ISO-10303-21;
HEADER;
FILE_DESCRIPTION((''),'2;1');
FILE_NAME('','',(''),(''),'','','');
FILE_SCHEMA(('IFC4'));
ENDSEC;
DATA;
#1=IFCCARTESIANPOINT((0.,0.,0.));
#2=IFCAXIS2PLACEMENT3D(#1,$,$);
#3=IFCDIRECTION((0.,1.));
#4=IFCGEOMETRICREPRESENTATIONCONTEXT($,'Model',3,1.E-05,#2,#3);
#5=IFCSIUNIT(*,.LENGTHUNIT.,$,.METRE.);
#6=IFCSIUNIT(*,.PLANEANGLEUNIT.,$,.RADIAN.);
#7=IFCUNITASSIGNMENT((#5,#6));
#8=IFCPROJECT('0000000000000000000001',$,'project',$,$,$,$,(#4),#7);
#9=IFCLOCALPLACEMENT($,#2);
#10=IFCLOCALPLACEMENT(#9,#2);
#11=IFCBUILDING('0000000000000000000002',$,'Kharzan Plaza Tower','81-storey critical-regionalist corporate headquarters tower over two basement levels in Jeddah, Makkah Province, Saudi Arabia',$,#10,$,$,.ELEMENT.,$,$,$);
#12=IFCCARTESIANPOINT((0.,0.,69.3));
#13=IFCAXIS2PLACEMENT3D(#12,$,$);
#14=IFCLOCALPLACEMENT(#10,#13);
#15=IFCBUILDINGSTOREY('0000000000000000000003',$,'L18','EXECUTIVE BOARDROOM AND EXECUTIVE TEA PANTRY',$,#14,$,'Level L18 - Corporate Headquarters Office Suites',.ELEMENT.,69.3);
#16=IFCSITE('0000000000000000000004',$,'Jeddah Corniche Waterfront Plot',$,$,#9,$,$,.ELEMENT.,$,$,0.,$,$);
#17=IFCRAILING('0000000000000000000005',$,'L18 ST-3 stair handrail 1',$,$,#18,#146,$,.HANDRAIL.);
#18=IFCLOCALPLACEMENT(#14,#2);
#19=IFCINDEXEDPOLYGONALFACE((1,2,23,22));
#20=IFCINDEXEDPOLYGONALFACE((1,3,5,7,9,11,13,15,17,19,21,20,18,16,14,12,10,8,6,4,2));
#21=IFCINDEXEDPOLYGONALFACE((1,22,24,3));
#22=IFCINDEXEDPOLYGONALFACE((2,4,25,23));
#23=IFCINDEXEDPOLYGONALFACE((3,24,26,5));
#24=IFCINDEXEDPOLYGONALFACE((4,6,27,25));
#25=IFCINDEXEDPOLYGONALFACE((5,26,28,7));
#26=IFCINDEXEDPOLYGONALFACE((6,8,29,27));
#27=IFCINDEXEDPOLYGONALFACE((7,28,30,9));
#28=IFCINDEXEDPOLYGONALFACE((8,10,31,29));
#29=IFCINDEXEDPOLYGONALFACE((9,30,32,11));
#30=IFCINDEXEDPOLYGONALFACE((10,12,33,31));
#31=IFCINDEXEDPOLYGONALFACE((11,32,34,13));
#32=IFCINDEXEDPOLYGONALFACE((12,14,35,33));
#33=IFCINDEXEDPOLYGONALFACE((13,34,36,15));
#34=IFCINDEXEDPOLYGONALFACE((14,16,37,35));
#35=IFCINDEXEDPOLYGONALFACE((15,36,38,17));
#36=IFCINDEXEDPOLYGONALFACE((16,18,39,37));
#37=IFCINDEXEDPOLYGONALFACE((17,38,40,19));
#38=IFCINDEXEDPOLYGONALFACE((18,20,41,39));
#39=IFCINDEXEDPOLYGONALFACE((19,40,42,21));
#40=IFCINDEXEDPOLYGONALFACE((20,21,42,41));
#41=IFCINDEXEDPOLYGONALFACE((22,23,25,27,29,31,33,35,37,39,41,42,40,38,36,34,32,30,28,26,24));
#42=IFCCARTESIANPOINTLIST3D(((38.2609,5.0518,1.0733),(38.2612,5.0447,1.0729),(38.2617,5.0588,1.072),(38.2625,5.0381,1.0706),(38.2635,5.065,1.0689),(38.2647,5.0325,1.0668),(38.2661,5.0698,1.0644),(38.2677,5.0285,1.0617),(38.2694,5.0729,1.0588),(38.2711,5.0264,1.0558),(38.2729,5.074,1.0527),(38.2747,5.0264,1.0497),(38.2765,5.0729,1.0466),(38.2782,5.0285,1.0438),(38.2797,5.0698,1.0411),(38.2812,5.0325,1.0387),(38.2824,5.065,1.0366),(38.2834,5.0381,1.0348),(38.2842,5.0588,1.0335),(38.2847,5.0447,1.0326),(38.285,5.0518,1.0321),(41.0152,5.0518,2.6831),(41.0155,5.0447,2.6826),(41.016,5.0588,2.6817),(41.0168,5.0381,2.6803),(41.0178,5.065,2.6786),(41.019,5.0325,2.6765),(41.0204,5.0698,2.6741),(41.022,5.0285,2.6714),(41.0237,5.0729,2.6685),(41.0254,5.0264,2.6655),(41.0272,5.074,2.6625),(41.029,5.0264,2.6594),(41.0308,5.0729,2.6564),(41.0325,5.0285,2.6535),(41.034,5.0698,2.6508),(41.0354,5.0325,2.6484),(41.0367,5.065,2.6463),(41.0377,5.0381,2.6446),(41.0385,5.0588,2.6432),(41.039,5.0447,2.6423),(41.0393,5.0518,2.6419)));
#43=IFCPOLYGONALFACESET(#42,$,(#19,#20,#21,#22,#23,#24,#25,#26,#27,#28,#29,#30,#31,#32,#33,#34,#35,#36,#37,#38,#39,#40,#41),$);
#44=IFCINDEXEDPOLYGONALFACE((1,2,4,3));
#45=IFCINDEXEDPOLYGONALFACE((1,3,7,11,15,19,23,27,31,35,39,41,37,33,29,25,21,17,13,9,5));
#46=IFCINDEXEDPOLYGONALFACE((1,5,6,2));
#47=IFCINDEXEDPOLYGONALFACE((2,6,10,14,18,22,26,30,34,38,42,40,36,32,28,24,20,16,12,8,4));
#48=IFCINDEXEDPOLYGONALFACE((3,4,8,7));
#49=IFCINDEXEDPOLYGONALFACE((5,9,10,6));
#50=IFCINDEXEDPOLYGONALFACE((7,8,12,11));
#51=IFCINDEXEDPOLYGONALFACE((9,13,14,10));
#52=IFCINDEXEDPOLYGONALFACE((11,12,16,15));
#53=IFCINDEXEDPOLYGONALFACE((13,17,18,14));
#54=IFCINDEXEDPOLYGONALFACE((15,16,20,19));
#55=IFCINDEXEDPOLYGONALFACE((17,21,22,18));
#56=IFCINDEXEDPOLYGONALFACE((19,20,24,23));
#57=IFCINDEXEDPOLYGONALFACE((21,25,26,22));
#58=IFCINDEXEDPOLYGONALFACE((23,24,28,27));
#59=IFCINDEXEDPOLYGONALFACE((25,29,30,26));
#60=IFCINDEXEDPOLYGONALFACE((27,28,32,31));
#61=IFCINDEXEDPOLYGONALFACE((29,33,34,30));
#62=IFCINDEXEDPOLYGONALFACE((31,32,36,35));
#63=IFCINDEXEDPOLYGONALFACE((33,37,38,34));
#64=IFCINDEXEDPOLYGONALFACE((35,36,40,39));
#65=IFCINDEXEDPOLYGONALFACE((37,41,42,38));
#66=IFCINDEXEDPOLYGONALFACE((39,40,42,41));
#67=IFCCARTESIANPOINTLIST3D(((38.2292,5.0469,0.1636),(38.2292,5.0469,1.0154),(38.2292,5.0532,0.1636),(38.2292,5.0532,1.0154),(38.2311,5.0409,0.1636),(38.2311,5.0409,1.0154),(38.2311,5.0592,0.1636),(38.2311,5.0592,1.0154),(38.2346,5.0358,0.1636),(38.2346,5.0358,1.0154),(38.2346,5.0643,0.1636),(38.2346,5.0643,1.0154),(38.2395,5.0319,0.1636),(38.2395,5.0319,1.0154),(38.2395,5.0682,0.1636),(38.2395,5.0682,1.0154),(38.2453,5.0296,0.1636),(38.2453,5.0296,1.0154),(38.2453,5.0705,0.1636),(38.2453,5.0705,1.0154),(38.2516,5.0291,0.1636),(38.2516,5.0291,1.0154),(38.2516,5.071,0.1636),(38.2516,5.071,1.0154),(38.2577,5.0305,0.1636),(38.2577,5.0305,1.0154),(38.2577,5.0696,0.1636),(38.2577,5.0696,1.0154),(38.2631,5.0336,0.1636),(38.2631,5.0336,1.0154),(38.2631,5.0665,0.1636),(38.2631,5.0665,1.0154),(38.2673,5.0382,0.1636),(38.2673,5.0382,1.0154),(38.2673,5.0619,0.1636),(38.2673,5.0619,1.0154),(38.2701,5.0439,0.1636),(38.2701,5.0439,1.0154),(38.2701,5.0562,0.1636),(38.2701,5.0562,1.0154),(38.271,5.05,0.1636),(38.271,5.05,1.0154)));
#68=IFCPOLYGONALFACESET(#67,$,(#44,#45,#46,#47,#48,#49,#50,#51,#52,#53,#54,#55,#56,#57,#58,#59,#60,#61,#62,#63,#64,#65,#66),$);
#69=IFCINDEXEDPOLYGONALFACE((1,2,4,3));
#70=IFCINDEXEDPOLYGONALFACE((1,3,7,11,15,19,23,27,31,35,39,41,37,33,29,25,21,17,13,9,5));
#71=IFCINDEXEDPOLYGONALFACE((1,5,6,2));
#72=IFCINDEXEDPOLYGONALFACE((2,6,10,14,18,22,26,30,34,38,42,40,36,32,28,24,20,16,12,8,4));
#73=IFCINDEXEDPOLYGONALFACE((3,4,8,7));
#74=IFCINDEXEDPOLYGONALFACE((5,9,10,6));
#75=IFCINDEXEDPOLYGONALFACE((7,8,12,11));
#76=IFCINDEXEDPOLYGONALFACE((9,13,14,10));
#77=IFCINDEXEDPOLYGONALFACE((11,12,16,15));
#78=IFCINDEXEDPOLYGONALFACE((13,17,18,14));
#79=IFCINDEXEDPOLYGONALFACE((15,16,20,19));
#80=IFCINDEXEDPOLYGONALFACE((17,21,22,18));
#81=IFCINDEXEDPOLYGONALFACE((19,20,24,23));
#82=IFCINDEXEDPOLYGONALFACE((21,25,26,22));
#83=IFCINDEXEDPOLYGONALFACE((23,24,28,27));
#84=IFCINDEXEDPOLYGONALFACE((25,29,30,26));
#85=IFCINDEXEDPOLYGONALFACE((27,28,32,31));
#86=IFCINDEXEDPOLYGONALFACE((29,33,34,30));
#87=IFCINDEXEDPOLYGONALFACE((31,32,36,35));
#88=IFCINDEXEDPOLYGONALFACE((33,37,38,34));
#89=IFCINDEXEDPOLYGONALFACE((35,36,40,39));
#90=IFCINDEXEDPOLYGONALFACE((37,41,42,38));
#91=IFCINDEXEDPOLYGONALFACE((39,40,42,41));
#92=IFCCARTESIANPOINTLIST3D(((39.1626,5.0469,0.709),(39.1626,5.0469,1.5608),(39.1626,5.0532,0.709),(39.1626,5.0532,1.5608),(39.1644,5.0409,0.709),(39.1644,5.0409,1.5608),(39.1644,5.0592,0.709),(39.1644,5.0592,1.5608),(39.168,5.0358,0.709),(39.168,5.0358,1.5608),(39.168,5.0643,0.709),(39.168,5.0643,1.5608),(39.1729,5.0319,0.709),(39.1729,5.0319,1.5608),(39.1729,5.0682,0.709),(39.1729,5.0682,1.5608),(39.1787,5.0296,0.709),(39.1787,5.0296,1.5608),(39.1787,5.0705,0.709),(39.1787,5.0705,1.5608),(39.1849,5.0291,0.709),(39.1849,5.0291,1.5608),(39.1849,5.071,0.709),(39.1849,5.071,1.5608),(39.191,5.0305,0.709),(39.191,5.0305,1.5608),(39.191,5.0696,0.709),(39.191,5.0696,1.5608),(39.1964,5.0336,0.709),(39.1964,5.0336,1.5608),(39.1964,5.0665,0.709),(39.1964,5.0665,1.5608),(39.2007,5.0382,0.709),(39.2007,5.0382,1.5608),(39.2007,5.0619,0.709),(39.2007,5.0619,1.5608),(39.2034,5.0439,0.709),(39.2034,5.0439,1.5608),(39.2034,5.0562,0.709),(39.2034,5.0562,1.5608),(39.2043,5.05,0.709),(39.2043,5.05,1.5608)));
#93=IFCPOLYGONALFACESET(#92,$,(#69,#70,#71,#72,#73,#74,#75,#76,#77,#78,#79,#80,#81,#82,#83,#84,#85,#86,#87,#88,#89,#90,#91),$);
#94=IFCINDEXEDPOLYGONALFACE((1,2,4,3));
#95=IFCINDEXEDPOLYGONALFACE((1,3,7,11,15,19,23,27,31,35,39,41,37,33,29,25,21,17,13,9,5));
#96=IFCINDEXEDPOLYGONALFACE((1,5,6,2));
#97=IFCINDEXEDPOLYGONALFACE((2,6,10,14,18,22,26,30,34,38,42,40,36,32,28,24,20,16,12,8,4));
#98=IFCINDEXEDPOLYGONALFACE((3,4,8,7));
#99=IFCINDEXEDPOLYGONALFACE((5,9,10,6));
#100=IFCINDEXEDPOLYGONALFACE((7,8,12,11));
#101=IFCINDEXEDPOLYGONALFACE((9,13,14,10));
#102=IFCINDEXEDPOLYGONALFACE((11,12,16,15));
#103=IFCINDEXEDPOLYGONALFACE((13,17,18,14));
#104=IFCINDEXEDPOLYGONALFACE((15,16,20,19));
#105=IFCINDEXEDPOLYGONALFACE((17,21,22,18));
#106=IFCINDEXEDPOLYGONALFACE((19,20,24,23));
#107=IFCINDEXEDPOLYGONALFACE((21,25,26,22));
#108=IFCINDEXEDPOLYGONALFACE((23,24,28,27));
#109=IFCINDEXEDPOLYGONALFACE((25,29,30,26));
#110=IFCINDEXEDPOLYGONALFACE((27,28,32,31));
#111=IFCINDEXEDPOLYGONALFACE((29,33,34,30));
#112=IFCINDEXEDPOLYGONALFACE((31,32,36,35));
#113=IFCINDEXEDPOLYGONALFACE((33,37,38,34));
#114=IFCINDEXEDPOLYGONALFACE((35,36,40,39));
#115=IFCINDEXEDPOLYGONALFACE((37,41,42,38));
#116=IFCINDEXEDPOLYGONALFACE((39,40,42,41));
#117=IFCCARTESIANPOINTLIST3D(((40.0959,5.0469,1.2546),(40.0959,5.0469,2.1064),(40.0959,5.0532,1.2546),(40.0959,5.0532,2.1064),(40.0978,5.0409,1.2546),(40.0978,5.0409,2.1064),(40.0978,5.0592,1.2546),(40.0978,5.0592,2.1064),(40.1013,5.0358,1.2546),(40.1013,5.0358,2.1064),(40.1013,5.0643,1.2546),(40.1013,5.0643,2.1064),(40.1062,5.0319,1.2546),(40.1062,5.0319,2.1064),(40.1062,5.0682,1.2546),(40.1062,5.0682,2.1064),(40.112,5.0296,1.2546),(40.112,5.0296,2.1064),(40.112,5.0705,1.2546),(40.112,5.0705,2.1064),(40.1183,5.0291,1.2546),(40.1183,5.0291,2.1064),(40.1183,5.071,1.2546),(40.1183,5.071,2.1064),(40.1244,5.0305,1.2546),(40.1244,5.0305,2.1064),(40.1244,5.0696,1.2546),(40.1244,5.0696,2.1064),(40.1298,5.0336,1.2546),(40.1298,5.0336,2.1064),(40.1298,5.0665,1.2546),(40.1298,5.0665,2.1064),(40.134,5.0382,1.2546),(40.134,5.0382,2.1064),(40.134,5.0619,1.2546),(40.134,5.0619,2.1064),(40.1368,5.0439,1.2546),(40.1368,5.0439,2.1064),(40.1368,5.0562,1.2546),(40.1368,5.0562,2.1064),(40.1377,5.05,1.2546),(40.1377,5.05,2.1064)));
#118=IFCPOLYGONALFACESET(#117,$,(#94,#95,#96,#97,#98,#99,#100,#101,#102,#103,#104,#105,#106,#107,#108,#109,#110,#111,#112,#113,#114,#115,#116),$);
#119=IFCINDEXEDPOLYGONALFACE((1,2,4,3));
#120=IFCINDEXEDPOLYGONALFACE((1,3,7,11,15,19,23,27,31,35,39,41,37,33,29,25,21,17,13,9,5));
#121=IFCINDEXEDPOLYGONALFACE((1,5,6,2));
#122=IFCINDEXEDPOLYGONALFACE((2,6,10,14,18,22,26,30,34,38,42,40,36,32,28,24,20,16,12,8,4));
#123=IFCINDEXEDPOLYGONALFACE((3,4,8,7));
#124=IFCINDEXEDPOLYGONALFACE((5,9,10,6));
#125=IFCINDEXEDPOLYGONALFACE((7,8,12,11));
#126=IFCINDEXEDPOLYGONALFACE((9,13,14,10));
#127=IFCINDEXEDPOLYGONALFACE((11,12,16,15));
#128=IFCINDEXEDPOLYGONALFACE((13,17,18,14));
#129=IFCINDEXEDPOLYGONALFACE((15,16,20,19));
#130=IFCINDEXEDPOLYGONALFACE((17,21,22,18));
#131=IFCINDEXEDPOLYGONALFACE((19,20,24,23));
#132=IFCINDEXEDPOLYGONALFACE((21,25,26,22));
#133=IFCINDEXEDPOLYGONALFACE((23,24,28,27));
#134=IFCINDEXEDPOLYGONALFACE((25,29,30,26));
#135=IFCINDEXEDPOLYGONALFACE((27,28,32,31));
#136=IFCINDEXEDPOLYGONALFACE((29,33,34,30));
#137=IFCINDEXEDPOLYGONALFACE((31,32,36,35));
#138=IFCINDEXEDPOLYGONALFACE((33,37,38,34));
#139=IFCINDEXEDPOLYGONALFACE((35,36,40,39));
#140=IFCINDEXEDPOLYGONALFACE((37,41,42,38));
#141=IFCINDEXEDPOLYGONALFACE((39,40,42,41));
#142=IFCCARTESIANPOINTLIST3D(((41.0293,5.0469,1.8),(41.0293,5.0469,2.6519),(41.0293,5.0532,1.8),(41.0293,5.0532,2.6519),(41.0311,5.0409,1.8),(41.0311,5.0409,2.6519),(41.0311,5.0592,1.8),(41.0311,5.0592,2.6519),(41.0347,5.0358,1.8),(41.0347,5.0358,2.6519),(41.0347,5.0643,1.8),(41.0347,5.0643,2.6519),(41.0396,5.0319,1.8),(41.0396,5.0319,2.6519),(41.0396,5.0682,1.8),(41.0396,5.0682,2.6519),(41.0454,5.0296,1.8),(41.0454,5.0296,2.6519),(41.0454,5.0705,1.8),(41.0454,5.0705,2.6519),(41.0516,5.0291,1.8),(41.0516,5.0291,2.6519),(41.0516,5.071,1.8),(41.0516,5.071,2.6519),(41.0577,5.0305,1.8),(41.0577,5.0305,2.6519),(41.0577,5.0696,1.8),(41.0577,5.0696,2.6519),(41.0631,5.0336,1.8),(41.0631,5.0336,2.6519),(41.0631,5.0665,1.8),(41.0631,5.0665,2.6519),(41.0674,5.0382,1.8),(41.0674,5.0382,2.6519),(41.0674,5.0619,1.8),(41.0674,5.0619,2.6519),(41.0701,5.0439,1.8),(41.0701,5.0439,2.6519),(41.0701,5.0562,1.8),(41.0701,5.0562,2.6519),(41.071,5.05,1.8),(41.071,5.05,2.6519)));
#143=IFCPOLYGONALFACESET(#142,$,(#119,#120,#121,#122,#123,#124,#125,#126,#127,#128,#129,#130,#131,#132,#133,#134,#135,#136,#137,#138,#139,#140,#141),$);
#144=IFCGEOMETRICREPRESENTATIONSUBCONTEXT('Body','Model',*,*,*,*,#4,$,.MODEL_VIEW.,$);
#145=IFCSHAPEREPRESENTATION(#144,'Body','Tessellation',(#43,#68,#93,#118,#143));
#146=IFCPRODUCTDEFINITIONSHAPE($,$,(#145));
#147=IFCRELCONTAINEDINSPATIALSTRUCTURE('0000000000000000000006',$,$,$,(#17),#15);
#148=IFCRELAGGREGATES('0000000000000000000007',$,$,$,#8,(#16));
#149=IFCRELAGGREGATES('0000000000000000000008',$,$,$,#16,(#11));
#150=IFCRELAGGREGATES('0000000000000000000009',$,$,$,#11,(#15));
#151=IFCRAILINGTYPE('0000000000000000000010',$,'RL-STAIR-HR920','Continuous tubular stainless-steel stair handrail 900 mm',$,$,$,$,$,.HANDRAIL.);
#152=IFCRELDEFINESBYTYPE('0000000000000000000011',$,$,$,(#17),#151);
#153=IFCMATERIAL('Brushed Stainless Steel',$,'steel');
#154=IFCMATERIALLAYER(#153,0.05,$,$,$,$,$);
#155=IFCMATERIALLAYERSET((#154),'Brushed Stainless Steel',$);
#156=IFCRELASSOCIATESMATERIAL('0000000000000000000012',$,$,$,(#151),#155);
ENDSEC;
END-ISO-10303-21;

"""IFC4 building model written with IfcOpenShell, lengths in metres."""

from ifc_helpers import new_model, si_unit, direction, frame, origin, origin_2d, place, context, subcontext, project, spatial, circle, extrude, source, transform, mapped, material, layer, layer_set, type_object, element, save


model = new_model("IFC4")

# Units and contexts
model_context = context("Model", 3, precision=1e-05, world=origin(), true_north=direction((0.0, 1.0)))
body_context = subcontext(model_context, "Body", "Model", "MODEL_VIEW")
ifc_project = project(units=[si_unit("LENGTHUNIT", "METRE"), si_unit("PLANEANGLEUNIT", "RADIAN")], contexts=[model_context])

# Site, building, storey
site_placement = place(None, origin())
site = spatial("IfcSite", under=ifc_project, at=site_placement, Name="Jeddah Corniche Waterfront Plot", CompositionType="ELEMENT", RefElevation=0.0)
building_placement = place(site_placement, origin())
building = spatial("IfcBuilding", under=site, at=building_placement, Name="Kharzan Plaza Tower", Description="81-storey critical-regionalist corporate headquarters tower over two basement levels in Jeddah, Makkah Province, Saudi Arabia", CompositionType="ELEMENT")
storey_placement = place(building_placement, frame((0.0, 0.0, 69.3)))
storey = spatial("IfcBuildingStorey", under=building, at=storey_placement, Name="L18", Description="EXECUTIVE BOARDROOM AND EXECUTIVE TEA PANTRY", LongName="Level L18 - Corporate Headquarters Office Suites", CompositionType="ELEMENT", Elevation=69.3)

# Shared definitions
ifc_material_1 = material(Name="Brushed Stainless Steel", Category="steel")

# Railing
ifc_layer_1 = layer(ifc_material_1, 0.05)
ifc_layer_set_1 = layer_set([ifc_layer_1], Name="Brushed Stainless Steel")
railing_type_1 = type_object("IfcRailingType", Name="RL-STAIR-HR920", Description="Continuous tubular stainless-steel stair handrail 900 mm", PredefinedType="HANDRAIL", material=ifc_layer_set_1)
shared_shape_1 = source(origin(), body_context, "Body", "SweptSolid", [
    extrude(circle(Radius=0.0239, at=origin_2d()), frame((0.0229, 0.0, 0.8892), z_axis=(0.863361, 0.0, 0.504587), x_axis=(0.0, 1.0, 0.0)), (0.0, 0.0, 1.0), 3.1902),
    extrude(circle(Radius=0.021, at=origin_2d()), origin(), (0.0, 0.0, 1.0), 0.8518),
    extrude(circle(Radius=0.021, at=origin_2d()), frame((0.9333, 0.0, 0.5454)), (0.0, 0.0, 1.0), 0.8518),
    extrude(circle(Radius=0.021, at=origin_2d()), frame((1.8667, 0.0, 1.0911)), (0.0, 0.0, 1.0), 0.8518),
    extrude(circle(Radius=0.021, at=origin_2d()), frame((2.8, 0.0, 1.6365)), (0.0, 0.0, 1.0), 0.8518),
])
railing_1_placement = place(storey_placement, frame((38.25, 5.05, 0.1636)))
element("IfcRailing", 1, at=railing_1_placement, inside=storey, type_object=railing_type_1, Name="L18 ST-3 stair handrail 1", PredefinedType="HANDRAIL", context=body_context, shape_type="MappedRepresentation", body=[
    mapped(shared_shape_1, transform((0.0, 0.0, 0.0), x_axis=(1.0, 0.0, 0.0), y_axis=(0.0, 1.0, 0.0), z_axis=(0.0, 0.0, 1.0))),
])

save(model, "model.ifc")
